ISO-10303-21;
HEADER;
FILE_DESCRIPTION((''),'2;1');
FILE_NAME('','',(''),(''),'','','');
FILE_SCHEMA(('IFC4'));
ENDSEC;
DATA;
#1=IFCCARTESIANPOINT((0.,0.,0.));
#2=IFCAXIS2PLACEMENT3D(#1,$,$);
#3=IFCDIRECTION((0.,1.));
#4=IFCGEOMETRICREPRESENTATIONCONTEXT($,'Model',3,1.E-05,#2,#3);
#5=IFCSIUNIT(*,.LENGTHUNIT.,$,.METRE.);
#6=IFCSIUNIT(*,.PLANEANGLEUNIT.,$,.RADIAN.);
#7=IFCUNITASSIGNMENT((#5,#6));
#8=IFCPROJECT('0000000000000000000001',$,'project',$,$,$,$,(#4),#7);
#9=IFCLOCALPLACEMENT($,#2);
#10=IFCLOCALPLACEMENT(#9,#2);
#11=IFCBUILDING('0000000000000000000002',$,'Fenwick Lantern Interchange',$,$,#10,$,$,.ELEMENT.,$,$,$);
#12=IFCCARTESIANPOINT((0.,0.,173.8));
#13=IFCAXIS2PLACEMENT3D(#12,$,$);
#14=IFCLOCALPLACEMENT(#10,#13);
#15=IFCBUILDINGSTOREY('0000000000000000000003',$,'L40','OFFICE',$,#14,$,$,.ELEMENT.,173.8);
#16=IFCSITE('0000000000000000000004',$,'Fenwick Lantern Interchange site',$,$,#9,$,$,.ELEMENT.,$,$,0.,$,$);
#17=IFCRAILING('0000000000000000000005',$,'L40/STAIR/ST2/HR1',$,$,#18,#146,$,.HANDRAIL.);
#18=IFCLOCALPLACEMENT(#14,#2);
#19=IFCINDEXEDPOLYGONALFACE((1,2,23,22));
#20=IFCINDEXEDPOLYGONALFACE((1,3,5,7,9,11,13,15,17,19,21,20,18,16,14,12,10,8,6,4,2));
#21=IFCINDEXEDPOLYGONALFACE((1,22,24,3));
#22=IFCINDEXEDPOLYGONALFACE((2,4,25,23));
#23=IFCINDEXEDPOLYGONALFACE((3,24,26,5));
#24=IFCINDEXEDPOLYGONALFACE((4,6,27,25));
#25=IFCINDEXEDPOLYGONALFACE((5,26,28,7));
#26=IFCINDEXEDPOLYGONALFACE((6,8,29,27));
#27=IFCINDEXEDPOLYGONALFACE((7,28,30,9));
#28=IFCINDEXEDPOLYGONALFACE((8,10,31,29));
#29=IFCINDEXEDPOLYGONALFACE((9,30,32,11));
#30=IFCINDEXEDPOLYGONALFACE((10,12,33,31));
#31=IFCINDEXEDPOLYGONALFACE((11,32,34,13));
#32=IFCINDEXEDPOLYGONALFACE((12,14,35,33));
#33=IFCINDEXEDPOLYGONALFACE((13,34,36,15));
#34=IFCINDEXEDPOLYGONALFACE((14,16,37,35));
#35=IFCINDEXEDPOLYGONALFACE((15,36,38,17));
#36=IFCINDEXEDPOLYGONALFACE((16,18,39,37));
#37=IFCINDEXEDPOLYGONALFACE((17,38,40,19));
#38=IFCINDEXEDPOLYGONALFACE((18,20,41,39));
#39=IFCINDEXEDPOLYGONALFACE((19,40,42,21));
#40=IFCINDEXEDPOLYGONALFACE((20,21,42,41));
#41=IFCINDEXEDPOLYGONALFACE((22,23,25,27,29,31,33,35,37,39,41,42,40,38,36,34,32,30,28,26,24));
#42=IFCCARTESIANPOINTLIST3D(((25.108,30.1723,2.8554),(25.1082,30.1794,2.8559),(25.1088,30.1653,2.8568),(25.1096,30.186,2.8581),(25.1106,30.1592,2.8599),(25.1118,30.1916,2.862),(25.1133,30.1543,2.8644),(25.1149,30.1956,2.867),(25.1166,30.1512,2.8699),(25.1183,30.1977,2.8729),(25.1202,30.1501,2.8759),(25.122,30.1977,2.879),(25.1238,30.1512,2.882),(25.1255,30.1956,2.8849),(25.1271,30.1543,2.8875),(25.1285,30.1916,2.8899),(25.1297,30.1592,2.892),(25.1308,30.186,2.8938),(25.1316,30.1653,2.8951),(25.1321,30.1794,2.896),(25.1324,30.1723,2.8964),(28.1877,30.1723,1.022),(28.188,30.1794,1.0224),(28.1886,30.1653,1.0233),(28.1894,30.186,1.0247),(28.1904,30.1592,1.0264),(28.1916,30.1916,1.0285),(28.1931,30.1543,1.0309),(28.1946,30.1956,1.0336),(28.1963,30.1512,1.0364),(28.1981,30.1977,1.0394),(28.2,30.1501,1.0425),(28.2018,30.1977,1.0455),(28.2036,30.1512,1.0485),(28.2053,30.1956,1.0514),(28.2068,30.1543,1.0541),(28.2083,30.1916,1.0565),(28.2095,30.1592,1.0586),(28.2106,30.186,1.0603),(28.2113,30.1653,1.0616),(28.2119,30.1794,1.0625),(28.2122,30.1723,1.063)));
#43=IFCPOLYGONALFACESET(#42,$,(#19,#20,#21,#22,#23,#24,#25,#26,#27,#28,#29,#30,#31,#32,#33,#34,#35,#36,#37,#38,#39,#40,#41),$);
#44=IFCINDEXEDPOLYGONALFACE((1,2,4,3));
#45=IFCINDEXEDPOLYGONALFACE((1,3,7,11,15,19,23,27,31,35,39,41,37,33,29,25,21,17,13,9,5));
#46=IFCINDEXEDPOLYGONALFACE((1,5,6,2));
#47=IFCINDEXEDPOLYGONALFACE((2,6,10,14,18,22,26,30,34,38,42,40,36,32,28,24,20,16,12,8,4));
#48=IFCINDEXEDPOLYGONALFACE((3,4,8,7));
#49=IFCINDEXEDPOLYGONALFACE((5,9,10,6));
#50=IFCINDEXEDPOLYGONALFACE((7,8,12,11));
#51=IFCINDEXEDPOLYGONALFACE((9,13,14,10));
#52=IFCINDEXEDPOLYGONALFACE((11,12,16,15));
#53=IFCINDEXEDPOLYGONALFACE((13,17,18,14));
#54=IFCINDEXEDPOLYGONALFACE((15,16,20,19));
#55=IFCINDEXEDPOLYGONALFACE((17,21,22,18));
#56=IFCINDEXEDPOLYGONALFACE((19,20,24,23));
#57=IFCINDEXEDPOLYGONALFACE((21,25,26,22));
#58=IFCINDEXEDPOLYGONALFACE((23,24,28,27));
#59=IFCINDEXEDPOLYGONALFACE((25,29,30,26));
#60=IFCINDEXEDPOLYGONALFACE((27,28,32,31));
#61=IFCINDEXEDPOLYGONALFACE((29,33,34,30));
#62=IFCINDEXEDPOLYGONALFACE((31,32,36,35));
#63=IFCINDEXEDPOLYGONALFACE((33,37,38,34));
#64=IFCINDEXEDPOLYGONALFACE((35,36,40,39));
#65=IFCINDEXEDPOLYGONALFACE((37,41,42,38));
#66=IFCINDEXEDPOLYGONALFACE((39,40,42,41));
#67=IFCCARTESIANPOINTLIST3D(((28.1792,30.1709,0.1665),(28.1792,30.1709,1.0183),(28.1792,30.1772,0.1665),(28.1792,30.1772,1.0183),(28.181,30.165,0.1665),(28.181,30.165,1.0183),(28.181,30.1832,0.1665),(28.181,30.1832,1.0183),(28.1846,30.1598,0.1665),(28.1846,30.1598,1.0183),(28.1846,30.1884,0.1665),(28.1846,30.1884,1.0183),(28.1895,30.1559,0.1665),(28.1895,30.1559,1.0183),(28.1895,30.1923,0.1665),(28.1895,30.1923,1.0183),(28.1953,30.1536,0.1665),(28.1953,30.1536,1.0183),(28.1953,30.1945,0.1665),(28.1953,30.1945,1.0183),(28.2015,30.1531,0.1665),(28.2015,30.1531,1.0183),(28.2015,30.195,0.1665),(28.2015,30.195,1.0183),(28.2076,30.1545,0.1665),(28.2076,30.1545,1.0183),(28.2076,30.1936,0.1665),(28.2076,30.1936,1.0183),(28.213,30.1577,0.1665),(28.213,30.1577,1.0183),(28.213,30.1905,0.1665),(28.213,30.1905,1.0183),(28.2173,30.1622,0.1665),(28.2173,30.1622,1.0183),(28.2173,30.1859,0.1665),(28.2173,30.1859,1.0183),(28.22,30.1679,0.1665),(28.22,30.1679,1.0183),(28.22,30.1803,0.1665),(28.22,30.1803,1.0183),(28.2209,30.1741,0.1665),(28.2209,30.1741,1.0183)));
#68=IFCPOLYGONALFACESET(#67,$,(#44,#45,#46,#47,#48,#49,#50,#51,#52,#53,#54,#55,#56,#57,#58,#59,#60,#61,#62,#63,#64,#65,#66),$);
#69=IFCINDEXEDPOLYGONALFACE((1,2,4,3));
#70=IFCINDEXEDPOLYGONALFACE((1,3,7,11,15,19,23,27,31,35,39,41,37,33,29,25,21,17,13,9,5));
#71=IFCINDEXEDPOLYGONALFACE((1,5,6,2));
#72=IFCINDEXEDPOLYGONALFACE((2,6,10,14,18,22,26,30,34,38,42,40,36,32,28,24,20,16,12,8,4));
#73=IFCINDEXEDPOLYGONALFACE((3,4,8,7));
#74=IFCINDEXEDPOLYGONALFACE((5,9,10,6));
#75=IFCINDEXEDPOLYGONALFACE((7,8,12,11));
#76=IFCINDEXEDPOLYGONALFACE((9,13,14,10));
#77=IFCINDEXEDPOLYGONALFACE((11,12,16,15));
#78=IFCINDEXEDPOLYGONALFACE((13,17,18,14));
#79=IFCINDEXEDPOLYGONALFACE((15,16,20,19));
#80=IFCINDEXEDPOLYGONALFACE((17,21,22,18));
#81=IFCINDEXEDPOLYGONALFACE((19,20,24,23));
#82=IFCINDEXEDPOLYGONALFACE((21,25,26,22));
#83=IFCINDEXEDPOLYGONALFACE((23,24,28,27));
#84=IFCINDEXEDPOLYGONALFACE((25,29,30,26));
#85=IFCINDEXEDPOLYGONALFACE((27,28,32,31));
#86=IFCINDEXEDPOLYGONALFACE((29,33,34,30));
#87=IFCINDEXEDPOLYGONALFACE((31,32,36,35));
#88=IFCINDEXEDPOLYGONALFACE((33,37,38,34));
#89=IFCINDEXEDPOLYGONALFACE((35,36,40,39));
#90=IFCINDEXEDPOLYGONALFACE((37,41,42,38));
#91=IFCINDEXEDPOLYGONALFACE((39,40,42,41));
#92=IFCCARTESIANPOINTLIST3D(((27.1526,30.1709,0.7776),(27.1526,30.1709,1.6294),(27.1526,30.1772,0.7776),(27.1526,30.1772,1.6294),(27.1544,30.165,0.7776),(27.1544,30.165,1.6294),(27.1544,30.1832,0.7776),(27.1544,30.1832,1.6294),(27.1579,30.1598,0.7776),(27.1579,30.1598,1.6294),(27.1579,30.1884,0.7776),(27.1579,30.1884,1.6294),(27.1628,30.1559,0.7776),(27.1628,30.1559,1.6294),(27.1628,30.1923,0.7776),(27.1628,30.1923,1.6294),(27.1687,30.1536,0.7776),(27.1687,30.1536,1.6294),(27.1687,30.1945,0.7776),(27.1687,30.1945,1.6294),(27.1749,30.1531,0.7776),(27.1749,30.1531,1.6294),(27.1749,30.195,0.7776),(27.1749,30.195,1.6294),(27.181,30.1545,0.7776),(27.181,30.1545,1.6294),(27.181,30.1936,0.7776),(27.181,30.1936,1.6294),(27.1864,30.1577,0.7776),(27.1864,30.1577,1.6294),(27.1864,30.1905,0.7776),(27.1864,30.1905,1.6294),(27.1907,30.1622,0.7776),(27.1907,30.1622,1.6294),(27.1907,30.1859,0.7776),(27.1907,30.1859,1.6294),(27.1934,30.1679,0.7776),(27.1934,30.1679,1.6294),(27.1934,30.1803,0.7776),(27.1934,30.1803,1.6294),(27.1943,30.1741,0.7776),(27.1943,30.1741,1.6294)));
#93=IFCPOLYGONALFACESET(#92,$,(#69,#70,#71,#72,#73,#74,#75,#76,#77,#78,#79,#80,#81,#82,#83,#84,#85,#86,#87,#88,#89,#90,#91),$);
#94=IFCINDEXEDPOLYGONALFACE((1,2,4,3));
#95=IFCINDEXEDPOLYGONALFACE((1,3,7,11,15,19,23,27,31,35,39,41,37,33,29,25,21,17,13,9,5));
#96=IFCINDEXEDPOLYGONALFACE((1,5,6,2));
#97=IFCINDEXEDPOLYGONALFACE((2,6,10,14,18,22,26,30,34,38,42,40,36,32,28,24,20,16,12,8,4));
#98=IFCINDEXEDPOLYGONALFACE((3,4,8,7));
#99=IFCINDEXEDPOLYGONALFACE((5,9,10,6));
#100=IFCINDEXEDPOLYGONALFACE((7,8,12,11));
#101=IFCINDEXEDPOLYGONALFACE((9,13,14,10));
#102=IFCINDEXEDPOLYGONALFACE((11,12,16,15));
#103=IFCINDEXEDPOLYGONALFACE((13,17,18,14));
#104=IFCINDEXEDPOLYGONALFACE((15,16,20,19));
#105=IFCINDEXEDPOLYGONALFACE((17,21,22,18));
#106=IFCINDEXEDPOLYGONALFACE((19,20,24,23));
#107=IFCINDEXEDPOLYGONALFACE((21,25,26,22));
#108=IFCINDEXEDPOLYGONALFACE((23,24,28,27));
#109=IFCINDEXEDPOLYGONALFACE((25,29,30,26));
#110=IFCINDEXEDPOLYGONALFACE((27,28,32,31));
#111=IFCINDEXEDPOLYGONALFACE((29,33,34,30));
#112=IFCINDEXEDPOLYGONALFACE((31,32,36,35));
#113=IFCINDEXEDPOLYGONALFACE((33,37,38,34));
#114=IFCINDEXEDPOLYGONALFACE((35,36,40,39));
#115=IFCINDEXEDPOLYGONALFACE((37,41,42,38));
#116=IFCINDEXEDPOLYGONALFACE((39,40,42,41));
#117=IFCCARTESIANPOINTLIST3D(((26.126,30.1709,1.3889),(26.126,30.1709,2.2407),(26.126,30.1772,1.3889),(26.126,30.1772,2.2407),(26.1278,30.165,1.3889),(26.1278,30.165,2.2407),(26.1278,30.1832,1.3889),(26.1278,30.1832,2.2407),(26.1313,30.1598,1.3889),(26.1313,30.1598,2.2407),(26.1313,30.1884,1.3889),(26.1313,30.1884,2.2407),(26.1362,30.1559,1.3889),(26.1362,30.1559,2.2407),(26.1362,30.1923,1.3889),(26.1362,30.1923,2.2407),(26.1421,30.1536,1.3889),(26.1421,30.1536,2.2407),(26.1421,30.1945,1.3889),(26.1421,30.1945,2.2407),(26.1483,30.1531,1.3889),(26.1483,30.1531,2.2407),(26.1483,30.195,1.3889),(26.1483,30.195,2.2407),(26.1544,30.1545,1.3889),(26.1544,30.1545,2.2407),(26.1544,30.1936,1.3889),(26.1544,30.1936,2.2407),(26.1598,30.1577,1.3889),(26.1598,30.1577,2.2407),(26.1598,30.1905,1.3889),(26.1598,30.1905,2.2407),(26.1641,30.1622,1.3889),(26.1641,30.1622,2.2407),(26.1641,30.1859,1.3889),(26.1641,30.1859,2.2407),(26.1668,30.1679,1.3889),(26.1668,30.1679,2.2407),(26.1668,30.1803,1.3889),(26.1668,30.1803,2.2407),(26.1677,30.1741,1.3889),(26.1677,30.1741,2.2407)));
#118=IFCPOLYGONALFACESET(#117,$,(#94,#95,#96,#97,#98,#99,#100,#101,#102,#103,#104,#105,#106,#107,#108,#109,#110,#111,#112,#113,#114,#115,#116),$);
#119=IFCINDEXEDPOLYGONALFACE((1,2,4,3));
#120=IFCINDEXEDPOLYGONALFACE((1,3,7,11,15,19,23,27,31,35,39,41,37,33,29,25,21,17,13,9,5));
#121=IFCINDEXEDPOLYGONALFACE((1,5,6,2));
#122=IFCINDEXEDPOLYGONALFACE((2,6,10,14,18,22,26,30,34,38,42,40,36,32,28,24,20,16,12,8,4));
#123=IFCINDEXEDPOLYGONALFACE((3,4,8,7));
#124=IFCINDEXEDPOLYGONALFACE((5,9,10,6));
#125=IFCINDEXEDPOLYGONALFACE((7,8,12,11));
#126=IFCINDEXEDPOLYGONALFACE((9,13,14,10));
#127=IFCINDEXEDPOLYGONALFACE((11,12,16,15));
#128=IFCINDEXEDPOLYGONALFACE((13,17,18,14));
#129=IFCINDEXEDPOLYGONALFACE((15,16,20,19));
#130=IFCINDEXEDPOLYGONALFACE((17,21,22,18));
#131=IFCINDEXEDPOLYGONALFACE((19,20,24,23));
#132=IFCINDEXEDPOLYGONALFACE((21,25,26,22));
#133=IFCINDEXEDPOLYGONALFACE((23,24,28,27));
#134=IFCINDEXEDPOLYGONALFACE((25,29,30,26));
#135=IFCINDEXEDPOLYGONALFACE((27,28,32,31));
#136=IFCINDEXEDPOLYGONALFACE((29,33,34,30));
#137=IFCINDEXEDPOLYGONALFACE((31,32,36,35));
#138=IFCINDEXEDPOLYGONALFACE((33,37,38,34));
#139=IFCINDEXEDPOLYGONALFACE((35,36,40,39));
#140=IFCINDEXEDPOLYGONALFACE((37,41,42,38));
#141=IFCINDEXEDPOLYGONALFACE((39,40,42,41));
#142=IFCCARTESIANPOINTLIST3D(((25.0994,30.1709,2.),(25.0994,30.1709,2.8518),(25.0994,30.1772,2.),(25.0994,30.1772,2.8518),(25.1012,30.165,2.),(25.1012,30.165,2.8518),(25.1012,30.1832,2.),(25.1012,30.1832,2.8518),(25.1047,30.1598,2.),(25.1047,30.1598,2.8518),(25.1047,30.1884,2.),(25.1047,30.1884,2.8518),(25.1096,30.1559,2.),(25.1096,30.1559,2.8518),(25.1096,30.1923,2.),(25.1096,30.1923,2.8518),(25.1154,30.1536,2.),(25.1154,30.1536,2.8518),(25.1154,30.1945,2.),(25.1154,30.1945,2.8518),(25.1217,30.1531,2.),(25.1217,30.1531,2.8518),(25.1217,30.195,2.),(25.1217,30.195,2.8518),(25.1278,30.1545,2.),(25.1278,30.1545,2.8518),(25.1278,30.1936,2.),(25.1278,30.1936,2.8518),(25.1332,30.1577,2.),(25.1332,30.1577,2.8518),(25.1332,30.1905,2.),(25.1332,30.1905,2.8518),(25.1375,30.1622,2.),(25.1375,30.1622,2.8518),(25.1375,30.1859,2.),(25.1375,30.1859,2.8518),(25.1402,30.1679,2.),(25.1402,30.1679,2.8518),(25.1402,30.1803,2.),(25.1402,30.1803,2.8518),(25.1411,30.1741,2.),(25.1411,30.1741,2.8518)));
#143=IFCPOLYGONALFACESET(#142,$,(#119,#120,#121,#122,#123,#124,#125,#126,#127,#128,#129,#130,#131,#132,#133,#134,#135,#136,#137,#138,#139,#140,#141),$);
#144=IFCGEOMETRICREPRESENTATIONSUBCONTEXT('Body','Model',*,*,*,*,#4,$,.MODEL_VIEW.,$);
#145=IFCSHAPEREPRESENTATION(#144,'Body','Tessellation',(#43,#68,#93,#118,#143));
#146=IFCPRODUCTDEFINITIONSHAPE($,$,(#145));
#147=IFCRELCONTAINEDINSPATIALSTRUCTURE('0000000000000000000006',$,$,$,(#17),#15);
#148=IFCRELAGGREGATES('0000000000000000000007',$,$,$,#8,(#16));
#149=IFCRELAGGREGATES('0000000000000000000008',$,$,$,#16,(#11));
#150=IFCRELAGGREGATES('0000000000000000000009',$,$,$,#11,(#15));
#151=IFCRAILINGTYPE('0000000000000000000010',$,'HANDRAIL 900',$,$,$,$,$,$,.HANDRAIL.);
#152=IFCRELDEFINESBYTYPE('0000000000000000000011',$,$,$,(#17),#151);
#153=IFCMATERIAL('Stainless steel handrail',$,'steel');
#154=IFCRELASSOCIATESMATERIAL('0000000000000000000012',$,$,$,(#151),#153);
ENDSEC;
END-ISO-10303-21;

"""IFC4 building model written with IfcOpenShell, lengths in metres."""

from ifc_helpers import new_model, si_unit, direction, frame, origin, origin_2d, place, context, subcontext, project, spatial, circle, extrude, material, type_object, element, save


model = new_model("IFC4")

# Units and contexts
model_context = context("Model", 3, precision=1e-05, world=origin(), true_north=direction((0.0, 1.0)))
body_context = subcontext(model_context, "Body", "Model", "MODEL_VIEW")
ifc_project = project(units=[si_unit("LENGTHUNIT", "METRE"), si_unit("PLANEANGLEUNIT", "RADIAN")], contexts=[model_context])

# Site, building, storey
site_placement = place(None, origin())
site = spatial("IfcSite", under=ifc_project, at=site_placement, Name="Fenwick Lantern Interchange site", CompositionType="ELEMENT", RefElevation=0.0)
building_placement = place(site_placement, origin())
building = spatial("IfcBuilding", under=site, at=building_placement, Name="Fenwick Lantern Interchange", CompositionType="ELEMENT")
storey_placement = place(building_placement, frame((0.0, 0.0, 173.8)))
storey = spatial("IfcBuildingStorey", under=building, at=storey_placement, Name="L40", Description="OFFICE", CompositionType="ELEMENT", Elevation=173.8)

# Railing
ifc_material_1 = material(Name="Stainless steel handrail", Category="steel")
railing_type = type_object("IfcRailingType", Name="HANDRAIL 900", PredefinedType="HANDRAIL", material=ifc_material_1)
railing_1_placement = place(storey_placement, frame((28.2, 30.1741, 0.1665)))
element("IfcRailing", 1, at=railing_1_placement, inside=storey, type_object=railing_type, Name="L40/STAIR/ST2/HR1", PredefinedType="HANDRAIL", context=body_context, shape_type="SweptSolid", body=[
    extrude(circle(Radius=0.0239, at=origin_2d()), frame((0.0, 0.0, 0.876), z_axis=(-0.859261, 0.0, 0.511538), x_axis=(0.0, -1.0, 0.0)), (0.0, 0.0, 1.0), 3.5842),
    extrude(circle(Radius=0.021, at=origin_2d()), origin(), (0.0, 0.0, 1.0), 0.8518),
    extrude(circle(Radius=0.021, at=origin_2d()), frame((-1.0266, 0.0, 0.6111)), (0.0, 0.0, 1.0), 0.8518),
    extrude(circle(Radius=0.021, at=origin_2d()), frame((-2.0532, 0.0, 1.2224)), (0.0, 0.0, 1.0), 0.8518),
    extrude(circle(Radius=0.021, at=origin_2d()), frame((-3.0798, 0.0, 1.8335)), (0.0, 0.0, 1.0), 0.8518),
])

save(model, "model.ifc")
